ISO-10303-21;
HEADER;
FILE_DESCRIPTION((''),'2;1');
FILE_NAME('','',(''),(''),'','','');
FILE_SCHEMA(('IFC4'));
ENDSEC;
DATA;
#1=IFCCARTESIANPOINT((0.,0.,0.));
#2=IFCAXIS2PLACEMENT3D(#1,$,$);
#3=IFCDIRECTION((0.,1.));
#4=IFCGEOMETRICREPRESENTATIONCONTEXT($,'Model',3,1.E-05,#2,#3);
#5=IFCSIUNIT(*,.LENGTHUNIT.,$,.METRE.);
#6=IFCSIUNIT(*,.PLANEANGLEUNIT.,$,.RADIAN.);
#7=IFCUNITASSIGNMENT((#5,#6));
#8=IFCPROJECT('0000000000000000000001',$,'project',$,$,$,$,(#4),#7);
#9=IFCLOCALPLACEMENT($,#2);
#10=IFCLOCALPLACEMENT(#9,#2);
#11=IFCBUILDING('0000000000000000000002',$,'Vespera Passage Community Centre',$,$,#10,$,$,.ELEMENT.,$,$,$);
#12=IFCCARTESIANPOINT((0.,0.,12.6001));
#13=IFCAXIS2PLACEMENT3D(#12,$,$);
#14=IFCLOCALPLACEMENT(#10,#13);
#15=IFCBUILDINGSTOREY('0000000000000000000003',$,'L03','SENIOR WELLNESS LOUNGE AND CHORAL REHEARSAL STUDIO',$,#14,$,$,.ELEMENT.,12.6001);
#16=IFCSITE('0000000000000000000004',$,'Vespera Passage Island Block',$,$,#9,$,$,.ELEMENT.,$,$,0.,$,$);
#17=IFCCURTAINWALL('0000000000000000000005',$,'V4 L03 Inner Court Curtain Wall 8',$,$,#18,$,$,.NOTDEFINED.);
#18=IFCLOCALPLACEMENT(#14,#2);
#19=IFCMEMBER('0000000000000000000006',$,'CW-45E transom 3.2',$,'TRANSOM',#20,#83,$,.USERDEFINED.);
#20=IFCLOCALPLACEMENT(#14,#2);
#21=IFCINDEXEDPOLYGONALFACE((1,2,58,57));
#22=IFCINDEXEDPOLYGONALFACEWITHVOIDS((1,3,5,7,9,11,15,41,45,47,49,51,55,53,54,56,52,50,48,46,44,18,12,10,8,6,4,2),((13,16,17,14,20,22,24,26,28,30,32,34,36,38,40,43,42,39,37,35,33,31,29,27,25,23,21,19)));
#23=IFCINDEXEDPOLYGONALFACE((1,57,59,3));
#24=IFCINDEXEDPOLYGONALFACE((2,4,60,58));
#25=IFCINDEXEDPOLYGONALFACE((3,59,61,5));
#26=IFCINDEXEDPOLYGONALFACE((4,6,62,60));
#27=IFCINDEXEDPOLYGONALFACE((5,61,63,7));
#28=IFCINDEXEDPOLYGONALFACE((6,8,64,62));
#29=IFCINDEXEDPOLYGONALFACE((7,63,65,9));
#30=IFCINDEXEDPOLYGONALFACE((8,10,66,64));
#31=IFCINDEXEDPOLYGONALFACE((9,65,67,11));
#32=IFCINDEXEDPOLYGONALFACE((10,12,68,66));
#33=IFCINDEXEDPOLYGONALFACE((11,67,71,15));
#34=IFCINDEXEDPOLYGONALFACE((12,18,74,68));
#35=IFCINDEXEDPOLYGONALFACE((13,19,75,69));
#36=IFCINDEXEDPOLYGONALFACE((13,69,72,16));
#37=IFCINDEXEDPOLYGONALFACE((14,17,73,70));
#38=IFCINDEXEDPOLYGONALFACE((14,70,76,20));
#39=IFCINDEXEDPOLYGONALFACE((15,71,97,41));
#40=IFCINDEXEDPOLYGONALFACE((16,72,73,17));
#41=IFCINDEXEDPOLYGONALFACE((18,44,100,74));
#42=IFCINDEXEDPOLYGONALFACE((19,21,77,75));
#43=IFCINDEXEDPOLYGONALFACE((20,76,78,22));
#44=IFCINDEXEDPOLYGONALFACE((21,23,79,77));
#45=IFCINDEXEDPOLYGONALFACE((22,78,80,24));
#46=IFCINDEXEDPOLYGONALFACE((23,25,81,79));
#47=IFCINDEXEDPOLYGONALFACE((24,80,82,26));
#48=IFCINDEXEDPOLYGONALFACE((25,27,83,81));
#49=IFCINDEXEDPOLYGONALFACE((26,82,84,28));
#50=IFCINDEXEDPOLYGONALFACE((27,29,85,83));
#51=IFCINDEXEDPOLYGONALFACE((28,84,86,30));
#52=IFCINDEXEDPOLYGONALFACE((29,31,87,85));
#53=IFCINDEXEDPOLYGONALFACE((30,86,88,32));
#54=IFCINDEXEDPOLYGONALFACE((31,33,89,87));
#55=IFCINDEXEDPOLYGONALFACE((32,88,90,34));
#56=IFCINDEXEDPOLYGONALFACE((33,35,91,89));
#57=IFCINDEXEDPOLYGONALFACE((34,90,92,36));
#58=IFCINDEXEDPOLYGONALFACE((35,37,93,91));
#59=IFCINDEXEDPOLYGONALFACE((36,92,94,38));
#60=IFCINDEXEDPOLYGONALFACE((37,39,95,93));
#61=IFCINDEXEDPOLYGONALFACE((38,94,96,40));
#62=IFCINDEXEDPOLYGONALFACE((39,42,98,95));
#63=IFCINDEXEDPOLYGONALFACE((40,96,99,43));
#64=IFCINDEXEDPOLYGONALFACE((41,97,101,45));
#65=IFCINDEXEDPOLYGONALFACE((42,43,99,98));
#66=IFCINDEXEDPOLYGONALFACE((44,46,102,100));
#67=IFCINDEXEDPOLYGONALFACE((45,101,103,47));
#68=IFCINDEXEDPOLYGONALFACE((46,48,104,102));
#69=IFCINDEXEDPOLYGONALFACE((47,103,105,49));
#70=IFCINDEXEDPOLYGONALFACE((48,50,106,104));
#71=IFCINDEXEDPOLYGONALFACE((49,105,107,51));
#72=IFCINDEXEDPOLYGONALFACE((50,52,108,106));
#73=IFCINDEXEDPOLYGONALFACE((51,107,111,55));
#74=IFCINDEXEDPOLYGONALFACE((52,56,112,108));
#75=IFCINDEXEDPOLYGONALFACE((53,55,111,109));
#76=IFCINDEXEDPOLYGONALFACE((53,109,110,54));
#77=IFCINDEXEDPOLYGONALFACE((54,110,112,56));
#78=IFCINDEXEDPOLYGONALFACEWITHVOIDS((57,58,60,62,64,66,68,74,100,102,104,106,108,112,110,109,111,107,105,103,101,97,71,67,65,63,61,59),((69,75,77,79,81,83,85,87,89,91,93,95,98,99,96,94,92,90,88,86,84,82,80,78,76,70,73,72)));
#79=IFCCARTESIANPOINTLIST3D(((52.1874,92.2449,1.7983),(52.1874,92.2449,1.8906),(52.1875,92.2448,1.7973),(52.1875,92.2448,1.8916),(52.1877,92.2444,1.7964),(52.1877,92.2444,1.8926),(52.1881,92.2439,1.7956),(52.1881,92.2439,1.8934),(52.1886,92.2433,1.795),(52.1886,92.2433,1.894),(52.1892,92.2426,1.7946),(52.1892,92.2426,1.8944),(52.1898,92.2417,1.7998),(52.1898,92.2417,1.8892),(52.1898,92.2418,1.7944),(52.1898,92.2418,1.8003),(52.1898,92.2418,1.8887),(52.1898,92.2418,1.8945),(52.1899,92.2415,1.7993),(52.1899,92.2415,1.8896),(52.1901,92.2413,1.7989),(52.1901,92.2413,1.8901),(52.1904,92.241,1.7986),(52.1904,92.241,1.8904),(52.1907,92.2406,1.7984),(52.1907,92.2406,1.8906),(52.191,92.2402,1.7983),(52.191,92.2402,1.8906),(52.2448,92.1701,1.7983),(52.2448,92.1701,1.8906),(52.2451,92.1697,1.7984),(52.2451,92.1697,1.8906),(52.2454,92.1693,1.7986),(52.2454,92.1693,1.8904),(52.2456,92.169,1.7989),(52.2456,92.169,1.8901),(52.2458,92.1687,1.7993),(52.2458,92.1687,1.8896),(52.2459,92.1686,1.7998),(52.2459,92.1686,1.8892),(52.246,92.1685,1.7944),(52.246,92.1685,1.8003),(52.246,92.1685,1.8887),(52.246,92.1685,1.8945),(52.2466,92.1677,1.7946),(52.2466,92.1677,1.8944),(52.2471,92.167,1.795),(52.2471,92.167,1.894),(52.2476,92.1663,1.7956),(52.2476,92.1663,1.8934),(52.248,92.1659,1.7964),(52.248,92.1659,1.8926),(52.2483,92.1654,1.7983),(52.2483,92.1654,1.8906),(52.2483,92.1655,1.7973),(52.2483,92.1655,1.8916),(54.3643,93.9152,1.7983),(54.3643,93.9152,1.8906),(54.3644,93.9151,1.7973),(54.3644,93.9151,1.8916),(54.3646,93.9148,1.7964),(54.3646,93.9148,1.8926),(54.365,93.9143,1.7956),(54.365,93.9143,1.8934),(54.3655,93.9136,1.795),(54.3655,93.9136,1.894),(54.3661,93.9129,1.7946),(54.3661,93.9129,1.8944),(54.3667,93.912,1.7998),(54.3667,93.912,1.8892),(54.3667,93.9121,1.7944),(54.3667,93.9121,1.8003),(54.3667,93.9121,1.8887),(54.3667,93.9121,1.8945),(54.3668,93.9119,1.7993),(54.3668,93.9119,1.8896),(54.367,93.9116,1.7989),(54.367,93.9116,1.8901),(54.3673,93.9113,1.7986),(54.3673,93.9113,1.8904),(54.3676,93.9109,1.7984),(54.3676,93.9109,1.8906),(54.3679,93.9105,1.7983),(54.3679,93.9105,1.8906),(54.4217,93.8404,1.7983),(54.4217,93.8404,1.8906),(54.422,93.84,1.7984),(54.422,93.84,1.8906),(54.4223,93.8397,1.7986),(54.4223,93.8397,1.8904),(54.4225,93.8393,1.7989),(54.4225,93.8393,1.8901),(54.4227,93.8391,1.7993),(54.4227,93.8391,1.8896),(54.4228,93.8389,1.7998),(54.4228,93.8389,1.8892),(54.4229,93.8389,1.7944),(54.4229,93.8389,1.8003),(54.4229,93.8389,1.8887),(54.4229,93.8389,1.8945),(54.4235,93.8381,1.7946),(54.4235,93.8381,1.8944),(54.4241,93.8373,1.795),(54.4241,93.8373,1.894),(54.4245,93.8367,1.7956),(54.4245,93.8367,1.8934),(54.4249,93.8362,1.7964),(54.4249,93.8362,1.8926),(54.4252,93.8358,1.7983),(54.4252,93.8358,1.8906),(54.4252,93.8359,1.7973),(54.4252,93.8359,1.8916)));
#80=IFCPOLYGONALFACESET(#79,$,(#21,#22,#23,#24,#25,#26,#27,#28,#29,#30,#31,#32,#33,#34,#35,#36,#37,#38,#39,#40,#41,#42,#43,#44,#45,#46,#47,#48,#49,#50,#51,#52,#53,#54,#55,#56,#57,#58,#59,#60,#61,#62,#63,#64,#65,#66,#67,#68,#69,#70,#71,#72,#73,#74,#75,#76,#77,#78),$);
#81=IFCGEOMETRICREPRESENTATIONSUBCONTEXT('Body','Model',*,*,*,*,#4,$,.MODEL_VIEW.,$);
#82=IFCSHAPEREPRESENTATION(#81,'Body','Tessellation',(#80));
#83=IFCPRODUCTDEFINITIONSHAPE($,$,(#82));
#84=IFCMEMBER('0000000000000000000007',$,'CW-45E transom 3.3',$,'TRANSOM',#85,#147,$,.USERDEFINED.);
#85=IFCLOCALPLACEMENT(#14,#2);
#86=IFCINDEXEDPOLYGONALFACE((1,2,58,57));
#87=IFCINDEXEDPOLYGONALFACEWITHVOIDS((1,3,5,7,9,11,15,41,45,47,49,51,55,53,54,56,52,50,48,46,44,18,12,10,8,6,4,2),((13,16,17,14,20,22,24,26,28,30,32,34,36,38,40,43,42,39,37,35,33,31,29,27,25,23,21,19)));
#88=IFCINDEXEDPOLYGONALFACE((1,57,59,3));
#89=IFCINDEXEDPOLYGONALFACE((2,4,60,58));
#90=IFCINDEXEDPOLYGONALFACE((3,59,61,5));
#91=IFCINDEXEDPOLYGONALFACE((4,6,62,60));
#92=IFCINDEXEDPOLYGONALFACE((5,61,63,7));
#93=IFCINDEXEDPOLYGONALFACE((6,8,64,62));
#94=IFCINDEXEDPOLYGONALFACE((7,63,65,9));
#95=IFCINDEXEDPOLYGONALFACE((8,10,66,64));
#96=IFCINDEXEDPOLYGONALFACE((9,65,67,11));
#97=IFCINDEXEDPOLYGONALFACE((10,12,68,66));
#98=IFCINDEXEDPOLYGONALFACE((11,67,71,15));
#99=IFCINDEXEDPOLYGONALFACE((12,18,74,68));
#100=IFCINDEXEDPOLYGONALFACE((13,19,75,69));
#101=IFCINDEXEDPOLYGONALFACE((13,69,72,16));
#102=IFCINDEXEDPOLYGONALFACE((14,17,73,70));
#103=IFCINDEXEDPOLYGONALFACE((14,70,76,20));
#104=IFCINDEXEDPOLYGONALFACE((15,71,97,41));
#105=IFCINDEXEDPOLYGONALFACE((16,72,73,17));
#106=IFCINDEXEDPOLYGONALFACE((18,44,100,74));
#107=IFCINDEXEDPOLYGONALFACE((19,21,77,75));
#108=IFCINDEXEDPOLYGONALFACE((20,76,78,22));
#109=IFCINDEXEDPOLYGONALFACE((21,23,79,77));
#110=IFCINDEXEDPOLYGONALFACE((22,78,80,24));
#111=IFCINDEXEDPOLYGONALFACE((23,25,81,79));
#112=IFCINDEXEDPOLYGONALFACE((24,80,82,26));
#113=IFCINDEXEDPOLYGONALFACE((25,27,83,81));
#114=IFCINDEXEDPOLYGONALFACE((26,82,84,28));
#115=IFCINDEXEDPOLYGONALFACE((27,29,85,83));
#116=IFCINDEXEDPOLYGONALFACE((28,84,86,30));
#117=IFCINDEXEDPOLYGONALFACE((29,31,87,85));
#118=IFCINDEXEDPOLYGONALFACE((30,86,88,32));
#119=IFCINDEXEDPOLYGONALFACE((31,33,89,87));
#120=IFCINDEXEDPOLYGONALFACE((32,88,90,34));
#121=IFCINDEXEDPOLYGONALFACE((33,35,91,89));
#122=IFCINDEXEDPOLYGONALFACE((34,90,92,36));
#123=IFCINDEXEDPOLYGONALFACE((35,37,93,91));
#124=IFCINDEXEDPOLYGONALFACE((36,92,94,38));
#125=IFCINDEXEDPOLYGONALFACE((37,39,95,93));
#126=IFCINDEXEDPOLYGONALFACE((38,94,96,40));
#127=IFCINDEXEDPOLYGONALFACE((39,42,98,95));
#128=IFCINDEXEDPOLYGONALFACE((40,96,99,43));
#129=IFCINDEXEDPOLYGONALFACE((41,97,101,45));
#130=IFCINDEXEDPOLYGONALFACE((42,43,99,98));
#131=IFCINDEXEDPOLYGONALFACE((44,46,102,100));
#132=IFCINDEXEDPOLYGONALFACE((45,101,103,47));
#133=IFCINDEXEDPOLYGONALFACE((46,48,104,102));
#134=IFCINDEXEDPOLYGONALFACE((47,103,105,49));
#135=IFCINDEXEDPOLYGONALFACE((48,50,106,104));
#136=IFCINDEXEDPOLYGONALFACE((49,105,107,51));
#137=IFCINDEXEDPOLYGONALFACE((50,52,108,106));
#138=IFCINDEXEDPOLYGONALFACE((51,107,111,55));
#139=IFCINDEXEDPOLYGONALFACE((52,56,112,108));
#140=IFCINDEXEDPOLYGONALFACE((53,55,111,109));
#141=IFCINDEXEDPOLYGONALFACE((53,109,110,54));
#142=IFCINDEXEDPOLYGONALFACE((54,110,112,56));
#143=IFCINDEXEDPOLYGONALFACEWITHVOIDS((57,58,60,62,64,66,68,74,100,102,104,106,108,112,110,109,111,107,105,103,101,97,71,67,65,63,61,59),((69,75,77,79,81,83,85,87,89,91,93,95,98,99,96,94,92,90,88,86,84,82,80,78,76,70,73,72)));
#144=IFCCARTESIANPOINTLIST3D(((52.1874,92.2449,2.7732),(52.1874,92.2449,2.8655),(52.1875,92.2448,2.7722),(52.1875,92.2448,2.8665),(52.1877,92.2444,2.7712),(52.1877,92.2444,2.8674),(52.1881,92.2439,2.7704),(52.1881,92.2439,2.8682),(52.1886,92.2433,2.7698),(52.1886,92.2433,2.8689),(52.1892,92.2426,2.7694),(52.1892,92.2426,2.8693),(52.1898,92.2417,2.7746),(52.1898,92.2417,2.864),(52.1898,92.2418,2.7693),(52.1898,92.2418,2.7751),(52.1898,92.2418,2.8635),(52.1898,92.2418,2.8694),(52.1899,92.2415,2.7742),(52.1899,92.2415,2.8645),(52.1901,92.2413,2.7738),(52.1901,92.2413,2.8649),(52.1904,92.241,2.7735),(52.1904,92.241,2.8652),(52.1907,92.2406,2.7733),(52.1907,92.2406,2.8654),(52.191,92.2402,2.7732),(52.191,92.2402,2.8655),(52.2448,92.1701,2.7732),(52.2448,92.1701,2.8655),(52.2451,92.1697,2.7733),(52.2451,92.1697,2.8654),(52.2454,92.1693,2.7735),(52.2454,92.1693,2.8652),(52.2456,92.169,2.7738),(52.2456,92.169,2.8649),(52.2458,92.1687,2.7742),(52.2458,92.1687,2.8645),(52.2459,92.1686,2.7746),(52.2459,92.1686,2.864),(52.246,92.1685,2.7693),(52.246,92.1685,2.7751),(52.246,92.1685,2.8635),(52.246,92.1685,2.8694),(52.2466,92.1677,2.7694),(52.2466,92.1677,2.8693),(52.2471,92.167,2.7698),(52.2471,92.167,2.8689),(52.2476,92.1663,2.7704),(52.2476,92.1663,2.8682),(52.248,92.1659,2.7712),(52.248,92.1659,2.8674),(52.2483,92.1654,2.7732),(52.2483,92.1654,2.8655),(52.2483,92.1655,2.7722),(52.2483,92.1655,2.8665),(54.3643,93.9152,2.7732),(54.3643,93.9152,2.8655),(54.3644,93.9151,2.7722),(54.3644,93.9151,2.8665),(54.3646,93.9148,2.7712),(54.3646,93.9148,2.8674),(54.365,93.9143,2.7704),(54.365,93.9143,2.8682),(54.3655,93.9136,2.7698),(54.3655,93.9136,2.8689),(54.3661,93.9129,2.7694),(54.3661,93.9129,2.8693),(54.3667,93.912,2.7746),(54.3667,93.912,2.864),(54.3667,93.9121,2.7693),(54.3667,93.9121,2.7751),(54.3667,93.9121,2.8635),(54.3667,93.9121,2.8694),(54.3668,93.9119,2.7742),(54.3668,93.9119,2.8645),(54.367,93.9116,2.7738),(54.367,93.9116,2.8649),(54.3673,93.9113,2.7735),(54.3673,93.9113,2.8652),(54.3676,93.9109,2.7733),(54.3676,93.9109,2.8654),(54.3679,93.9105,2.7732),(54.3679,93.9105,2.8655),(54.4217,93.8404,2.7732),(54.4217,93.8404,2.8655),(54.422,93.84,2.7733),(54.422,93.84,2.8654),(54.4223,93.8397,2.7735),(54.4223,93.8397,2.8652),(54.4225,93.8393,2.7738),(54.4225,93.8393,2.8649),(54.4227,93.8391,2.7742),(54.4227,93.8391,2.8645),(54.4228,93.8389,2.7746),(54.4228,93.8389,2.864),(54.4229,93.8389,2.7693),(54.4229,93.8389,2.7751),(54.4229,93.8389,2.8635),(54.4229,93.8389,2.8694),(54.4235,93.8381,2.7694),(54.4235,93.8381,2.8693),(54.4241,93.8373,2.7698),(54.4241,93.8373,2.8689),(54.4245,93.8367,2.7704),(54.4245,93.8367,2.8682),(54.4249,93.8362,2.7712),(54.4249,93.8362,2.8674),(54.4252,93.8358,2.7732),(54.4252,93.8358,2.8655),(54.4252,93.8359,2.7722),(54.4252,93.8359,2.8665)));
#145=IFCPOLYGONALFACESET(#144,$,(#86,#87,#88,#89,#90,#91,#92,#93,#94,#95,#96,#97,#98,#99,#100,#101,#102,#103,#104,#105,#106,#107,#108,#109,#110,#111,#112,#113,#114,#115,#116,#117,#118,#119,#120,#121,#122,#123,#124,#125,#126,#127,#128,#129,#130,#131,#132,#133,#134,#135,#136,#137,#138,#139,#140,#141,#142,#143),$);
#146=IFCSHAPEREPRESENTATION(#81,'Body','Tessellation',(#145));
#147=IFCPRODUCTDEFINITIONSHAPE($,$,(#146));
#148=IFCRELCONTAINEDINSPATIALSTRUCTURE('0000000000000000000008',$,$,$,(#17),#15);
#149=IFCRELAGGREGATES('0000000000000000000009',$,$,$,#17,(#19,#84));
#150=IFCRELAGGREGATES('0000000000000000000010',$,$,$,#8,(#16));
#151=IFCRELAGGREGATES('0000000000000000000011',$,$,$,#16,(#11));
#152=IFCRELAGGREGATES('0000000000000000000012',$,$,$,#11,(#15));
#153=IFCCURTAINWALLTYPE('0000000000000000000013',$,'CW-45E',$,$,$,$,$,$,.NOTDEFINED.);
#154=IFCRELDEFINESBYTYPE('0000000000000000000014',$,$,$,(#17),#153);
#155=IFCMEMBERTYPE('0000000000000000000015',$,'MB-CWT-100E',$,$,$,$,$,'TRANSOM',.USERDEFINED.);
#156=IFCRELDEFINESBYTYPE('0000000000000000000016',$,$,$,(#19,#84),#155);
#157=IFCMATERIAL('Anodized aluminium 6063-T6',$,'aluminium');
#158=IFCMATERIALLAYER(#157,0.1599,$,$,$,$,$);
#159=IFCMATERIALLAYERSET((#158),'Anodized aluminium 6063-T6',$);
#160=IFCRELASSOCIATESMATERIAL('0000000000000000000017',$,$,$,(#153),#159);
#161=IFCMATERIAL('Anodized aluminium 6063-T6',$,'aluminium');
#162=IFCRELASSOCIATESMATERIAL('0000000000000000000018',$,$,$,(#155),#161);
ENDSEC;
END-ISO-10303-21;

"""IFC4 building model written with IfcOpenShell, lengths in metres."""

from ifc_helpers import new_model, si_unit, direction, frame, origin, origin_2d, place, context, subcontext, project, spatial, hollow_rectangle, extrude, material, layer, layer_set, material_profile, profile_set, type_object, element, aggregate, save


model = new_model("IFC4")

# Units and contexts
model_context = context("Model", 3, precision=1e-05, world=origin(), true_north=direction((0.0, 1.0)))
body_context = subcontext(model_context, "Body", "Model", "MODEL_VIEW")
ifc_project = project(units=[si_unit("LENGTHUNIT", "METRE"), si_unit("PLANEANGLEUNIT", "RADIAN")], contexts=[model_context])

# Site, building, storey
site_placement = place(None, origin())
site = spatial("IfcSite", under=ifc_project, at=site_placement, Name="Vespera Passage Island Block", CompositionType="ELEMENT", RefElevation=0.0)
building_placement = place(site_placement, origin())
building = spatial("IfcBuilding", under=site, at=building_placement, Name="Vespera Passage Community Centre", CompositionType="ELEMENT")
storey_placement = place(building_placement, frame((0.0, 0.0, 12.6001)))
storey = spatial("IfcBuildingStorey", under=building, at=storey_placement, Name="L03", Description="SENIOR WELLNESS LOUNGE AND CHORAL REHEARSAL STUDIO", CompositionType="ELEMENT", Elevation=12.6001)

# Curtain wall
ifc_material_1 = material(Name="Anodized aluminium 6063-T6", Category="aluminium")
ifc_layer_1 = layer(ifc_material_1, 0.1599)
ifc_layer_set_1 = layer_set([ifc_layer_1], Name="Anodized aluminium 6063-T6")
curtain_wall_type_1 = type_object("IfcCurtainWallType", Name="CW-45E", PredefinedType="NOTDEFINED", material=ifc_layer_set_1)
curtain_wall_1_placement = place(storey_placement, origin())
curtain_wall_1 = element("IfcCurtainWall", 1, at=curtain_wall_1_placement, inside=storey, type_object=curtain_wall_type_1, Name="V4 L03 Inner Court Curtain Wall 8", PredefinedType="NOTDEFINED")

# Members
ifc_material_2 = material(Name="Anodized aluminium 6063-T6", Category="aluminium")
ifc_material_profile_1 = material_profile(ifc_material_2, hollow_rectangle(XDim=0.1001, YDim=0.1001, WallThickness=0.0039, InnerFilletRadius=0.002, OuterFilletRadius=0.0039, at=origin_2d()), Name="ALU100X100X4")
ifc_profile_set_1 = profile_set([ifc_material_profile_1], Name="Anodized aluminium 6063-T6")
member_type_1 = type_object("IfcMemberType", Name="MB-CWT-100E", ElementType="TRANSOM", PredefinedType="USERDEFINED", material=ifc_profile_set_1)
member_1_placement = place(storey_placement, frame((54.3948, 93.8755, 1.8445), z_axis=(-0.793364, -0.608747, 0.0), x_axis=(0.608747, -0.793364, 0.0)))
member_1 = element("IfcMember", 2, at=member_1_placement, type_object=member_type_1, Name="CW-45E transom 3.2", ObjectType="TRANSOM", PredefinedType="USERDEFINED", context=body_context, shape_type="SweptSolid", body=[
    extrude(hollow_rectangle(XDim=0.1001, YDim=0.1001, WallThickness=0.0039, InnerFilletRadius=0.002, OuterFilletRadius=0.0039, at=origin_2d()), origin(), (0.0, 0.0, 1.0), 2.7439),
])
member_2_placement = place(storey_placement, frame((54.3948, 93.8755, 2.8193), z_axis=(-0.793364, -0.608747, 0.0), x_axis=(0.608747, -0.793364, 0.0)))
member_2 = element("IfcMember", 3, at=member_2_placement, type_object=member_type_1, Name="CW-45E transom 3.3", ObjectType="TRANSOM", PredefinedType="USERDEFINED", context=body_context, shape_type="SweptSolid", body=[
    extrude(hollow_rectangle(XDim=0.1001, YDim=0.1001, WallThickness=0.0039, InnerFilletRadius=0.002, OuterFilletRadius=0.0039, at=origin_2d()), origin(), (0.0, 0.0, 1.0), 2.7439),
])
aggregate(curtain_wall_1, [member_1, member_2])

save(model, "model.ifc")
